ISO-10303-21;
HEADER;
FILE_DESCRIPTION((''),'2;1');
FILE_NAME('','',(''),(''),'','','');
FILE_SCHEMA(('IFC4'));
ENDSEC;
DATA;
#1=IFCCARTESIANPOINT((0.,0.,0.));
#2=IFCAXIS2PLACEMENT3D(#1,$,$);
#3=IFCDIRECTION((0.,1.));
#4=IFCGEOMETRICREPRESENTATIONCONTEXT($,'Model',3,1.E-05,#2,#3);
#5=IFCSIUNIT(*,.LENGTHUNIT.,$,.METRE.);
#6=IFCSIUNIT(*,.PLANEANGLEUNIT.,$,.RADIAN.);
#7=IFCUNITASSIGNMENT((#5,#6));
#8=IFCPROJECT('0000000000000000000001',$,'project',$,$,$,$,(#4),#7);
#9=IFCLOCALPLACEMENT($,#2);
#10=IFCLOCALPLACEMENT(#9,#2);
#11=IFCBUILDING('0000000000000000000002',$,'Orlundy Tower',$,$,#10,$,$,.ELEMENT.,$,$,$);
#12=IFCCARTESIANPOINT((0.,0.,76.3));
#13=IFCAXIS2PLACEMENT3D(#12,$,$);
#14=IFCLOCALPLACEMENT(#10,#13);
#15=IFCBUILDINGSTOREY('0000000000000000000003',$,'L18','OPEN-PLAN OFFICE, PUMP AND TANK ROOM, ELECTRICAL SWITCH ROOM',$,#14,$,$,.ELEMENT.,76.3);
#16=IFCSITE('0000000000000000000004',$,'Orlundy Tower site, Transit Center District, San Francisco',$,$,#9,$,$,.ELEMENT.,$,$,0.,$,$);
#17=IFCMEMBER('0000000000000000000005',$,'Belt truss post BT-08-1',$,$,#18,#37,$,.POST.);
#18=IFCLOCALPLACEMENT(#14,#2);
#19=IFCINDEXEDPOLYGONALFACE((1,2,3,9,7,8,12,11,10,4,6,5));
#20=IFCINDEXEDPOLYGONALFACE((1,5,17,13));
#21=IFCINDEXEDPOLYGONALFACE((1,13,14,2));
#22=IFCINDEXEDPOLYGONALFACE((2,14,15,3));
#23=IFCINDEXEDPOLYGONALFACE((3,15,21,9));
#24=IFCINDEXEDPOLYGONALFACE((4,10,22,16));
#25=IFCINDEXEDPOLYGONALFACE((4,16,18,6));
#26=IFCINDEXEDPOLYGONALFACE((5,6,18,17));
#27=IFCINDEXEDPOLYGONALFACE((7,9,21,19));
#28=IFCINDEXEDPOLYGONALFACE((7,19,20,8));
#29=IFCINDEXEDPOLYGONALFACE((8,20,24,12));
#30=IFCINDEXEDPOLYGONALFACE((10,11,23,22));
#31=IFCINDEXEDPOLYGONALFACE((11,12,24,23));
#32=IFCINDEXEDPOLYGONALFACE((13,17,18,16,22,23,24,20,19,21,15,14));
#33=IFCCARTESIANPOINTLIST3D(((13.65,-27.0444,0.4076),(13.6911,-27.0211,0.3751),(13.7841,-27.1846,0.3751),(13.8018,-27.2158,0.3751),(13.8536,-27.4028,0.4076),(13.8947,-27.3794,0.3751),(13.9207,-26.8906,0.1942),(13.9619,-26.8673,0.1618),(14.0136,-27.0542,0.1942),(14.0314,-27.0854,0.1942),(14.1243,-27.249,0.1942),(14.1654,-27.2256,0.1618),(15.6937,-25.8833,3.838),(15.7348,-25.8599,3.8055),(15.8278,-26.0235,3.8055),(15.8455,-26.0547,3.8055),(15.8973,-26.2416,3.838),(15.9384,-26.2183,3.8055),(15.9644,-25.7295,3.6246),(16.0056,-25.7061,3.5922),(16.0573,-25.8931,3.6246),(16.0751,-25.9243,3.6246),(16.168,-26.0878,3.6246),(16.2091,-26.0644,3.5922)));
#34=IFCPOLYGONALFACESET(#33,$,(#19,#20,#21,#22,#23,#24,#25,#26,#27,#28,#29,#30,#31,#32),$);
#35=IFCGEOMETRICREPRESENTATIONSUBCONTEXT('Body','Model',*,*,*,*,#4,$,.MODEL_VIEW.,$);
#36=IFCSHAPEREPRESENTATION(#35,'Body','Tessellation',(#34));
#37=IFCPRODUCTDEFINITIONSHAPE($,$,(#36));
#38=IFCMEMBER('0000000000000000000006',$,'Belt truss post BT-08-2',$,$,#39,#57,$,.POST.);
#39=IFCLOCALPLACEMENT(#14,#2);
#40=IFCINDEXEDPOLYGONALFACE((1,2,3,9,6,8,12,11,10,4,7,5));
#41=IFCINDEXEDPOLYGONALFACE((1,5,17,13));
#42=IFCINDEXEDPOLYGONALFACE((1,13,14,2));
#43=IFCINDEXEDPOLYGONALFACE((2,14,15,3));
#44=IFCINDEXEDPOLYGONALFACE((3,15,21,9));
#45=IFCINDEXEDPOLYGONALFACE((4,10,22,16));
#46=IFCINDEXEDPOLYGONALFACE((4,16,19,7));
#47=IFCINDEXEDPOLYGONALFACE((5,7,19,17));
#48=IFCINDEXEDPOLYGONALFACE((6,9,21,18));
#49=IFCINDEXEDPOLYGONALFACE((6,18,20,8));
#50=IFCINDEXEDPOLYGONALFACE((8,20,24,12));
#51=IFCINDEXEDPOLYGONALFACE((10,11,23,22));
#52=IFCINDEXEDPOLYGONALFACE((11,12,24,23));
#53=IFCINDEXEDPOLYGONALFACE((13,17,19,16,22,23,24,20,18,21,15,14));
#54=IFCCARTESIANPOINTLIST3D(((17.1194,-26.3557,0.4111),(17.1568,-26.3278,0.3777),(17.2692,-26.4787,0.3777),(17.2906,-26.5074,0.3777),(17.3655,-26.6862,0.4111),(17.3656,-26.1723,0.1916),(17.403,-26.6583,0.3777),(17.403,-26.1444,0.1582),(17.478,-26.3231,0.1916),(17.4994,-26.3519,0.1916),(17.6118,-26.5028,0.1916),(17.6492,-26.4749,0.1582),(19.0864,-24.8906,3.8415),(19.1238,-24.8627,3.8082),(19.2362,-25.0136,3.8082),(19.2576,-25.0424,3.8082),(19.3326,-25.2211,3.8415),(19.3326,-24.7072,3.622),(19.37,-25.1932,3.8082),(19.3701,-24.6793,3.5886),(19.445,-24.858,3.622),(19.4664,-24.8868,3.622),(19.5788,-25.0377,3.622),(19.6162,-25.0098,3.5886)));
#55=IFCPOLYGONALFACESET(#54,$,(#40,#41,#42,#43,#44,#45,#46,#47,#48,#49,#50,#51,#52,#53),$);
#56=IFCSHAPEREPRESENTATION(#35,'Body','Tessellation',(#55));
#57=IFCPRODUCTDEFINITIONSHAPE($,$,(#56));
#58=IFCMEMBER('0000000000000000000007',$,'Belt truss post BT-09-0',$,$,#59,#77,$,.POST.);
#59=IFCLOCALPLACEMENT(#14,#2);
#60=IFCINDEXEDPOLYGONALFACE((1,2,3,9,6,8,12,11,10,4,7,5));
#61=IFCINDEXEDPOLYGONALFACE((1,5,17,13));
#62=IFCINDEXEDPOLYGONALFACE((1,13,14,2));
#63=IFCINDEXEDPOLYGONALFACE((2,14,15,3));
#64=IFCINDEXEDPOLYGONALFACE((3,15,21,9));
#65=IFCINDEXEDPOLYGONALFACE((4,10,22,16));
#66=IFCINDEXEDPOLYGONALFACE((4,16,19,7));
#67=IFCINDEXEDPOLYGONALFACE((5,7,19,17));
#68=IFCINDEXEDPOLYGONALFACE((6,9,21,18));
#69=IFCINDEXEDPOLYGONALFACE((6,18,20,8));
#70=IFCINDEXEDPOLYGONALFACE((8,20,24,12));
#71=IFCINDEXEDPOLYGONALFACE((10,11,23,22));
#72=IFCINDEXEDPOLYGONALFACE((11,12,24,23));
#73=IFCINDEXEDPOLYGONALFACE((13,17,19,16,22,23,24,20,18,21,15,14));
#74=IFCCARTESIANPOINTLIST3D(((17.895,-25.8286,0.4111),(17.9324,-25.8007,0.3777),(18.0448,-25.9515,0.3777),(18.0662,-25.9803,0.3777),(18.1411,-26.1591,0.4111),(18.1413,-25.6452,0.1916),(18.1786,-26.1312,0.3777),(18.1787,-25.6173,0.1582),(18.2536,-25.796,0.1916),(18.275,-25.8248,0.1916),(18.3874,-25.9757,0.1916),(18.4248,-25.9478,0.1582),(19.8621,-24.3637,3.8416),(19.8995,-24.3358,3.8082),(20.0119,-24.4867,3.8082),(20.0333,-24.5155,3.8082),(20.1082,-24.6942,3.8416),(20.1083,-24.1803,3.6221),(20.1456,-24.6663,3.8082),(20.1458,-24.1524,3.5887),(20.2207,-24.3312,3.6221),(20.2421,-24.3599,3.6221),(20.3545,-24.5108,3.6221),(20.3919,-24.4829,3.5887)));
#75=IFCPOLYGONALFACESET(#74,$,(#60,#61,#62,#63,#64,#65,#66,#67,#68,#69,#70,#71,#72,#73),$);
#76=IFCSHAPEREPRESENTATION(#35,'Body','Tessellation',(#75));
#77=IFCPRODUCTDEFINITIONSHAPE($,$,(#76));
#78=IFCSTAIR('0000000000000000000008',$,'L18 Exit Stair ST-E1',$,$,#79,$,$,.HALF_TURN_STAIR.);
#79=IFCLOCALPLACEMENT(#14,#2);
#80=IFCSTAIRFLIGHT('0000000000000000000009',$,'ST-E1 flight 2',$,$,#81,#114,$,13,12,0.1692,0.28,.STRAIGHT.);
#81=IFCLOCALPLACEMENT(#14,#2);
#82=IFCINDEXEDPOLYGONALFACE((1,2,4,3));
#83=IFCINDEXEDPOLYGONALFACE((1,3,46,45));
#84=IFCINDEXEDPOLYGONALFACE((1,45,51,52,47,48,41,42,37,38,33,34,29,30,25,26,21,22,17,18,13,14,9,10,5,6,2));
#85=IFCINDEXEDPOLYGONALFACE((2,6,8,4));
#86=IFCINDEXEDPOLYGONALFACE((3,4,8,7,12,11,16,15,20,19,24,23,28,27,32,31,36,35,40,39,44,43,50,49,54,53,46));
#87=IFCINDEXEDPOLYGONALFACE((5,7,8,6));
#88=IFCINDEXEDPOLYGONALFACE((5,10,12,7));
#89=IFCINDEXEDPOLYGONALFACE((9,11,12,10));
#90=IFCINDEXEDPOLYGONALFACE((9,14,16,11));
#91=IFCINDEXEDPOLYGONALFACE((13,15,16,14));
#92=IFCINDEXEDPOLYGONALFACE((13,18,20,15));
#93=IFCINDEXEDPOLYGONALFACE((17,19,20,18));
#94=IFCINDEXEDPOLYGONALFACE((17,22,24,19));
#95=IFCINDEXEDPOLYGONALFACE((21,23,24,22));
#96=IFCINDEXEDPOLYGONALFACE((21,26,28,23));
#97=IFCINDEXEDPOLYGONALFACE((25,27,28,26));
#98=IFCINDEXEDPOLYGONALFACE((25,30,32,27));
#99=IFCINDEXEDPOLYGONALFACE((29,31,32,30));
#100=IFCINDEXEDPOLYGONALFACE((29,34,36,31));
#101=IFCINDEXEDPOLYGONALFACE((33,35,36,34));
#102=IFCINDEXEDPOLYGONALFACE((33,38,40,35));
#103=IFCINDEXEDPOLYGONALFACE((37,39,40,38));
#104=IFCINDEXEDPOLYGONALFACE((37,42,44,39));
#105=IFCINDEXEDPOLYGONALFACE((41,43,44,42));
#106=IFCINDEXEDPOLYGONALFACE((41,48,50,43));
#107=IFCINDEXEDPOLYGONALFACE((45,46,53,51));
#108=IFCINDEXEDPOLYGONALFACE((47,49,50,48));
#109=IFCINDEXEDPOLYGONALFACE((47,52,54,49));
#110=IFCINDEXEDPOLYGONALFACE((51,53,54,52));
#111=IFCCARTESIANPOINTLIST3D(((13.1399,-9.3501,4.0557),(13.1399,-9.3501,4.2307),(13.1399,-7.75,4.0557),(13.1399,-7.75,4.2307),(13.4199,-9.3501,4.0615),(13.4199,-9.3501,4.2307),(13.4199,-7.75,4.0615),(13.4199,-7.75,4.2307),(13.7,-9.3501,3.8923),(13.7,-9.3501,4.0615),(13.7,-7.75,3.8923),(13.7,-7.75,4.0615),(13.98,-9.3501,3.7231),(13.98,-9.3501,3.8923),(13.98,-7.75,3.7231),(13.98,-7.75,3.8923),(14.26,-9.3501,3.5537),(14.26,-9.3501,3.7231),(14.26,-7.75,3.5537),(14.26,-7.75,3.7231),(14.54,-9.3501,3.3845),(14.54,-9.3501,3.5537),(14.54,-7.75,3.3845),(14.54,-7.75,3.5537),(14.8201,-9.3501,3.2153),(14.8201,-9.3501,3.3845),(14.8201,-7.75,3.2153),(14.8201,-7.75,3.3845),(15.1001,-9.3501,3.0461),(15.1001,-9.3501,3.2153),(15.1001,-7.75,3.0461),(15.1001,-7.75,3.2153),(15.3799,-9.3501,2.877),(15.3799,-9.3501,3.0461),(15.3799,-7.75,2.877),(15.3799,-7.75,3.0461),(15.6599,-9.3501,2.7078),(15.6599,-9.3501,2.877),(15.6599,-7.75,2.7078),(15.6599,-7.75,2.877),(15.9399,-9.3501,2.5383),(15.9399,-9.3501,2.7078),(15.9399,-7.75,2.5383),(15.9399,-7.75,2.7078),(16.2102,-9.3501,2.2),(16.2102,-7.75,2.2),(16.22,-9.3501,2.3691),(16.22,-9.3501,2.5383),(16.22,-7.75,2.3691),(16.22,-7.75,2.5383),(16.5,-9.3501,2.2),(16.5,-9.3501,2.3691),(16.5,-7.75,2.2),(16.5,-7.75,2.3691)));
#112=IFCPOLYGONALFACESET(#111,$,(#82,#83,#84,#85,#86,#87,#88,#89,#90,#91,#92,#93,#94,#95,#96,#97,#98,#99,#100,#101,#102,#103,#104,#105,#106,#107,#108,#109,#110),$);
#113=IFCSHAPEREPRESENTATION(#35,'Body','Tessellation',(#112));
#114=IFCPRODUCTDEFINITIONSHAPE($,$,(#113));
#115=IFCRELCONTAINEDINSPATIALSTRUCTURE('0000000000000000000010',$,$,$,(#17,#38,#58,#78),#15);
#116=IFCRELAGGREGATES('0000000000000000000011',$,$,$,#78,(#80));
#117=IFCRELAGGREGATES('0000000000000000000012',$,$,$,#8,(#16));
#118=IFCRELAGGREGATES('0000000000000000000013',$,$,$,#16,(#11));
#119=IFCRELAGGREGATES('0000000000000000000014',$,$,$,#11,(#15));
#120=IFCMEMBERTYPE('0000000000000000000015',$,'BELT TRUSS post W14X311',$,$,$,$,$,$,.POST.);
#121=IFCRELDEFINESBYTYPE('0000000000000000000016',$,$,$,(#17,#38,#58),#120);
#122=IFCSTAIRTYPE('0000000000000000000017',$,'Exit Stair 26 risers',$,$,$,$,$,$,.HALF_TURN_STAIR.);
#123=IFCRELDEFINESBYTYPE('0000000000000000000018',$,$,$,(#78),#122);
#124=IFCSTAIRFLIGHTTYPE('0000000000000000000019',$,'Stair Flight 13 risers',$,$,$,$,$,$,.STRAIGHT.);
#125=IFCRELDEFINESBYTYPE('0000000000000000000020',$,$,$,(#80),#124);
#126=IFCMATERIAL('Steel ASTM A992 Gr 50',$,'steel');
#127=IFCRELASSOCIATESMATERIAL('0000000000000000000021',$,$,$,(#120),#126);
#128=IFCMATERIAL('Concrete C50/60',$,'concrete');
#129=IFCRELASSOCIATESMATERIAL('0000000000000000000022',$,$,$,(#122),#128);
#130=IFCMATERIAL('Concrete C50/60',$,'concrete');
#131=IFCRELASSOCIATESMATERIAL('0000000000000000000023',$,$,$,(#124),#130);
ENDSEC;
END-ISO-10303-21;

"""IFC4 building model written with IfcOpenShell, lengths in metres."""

from ifc_helpers import new_model, si_unit, direction, frame, origin, origin_2d, place, context, subcontext, project, spatial, polyline, i_section, outline, extrude, material, material_profile, profile_set, type_object, element, aggregate, save


model = new_model("IFC4")

# Units and contexts
model_context = context("Model", 3, precision=1e-05, world=origin(), true_north=direction((0.0, 1.0)))
body_context = subcontext(model_context, "Body", "Model", "MODEL_VIEW")
ifc_project = project(units=[si_unit("LENGTHUNIT", "METRE"), si_unit("PLANEANGLEUNIT", "RADIAN")], contexts=[model_context])

# Site, building, storey
site_placement = place(None, origin())
site = spatial("IfcSite", under=ifc_project, at=site_placement, Name="Orlundy Tower site, Transit Center District, San Francisco", CompositionType="ELEMENT", RefElevation=0.0)
building_placement = place(site_placement, origin())
building = spatial("IfcBuilding", under=site, at=building_placement, Name="Orlundy Tower", CompositionType="ELEMENT")
storey_placement = place(building_placement, frame((0.0, 0.0, 76.3)))
storey = spatial("IfcBuildingStorey", under=building, at=storey_placement, Name="L18", Description="OPEN-PLAN OFFICE, PUMP AND TANK ROOM, ELECTRICAL SWITCH ROOM", CompositionType="ELEMENT", Elevation=76.3)

# Members
ifc_material_1 = material(Name="Steel ASTM A992 Gr 50", Category="steel")
ifc_material_profile_1 = material_profile(ifc_material_1, i_section(OverallWidth=0.4121, OverallDepth=0.4348, WebThickness=0.0359, FlangeThickness=0.0574, at=origin_2d()), Name="W14X311")
ifc_profile_set_1 = profile_set([ifc_material_profile_1], Name="Steel ASTM A992 Gr 50")
member_type_1 = type_object("IfcMemberType", Name="BELT TRUSS post W14X311", PredefinedType="POST", material=ifc_profile_set_1)
member_1_placement = place(storey_placement, frame((13.9077, -27.135, 0.2847), z_axis=(0.491457, 0.279222, 0.824927), x_axis=(-0.49399, 0.869468, 0.0)))
element("IfcMember", 1, at=member_1_placement, inside=storey, type_object=member_type_1, Name="Belt truss post BT-08-1", PredefinedType="POST", context=body_context, shape_type="SweptSolid", body=[
    extrude(i_section(OverallWidth=0.4121, OverallDepth=0.4348, WebThickness=0.0359, FlangeThickness=0.0574, at=origin_2d()), origin(), (0.0, 0.0, 1.0), 4.1584),
])
for number, where, z_axis, x_axis, name in (
    (2, (17.3843, -26.4153, 0.2847), (0.466449, 0.34742, 0.813464), (-0.597337, 0.80199, 0.0), "Belt truss post BT-08-2"),
    (3, (18.1599, -25.8882, 0.2847), (0.466459, 0.347369, 0.813481), (-0.597273, 0.802038, 0.0), "Belt truss post BT-09-0"),
):
    element("IfcMember", number, at=place(storey_placement, frame(where, z_axis=z_axis, x_axis=x_axis)), inside=storey, type_object=member_type_1, Name=name, PredefinedType="POST", context=body_context, shape_type="SweptSolid", body=[
        extrude(i_section(OverallWidth=0.4121, OverallDepth=0.4348, WebThickness=0.0359, FlangeThickness=0.0574, at=origin_2d()), origin(), (0.0, 0.0, 1.0), 4.217),
    ])

# Stair, stair flight
ifc_material_2 = material(Name="Concrete C50/60", Category="concrete")
stair_type = type_object("IfcStairType", Name="Exit Stair 26 risers", PredefinedType="HALF_TURN_STAIR", material=ifc_material_2)
stair_placement = place(storey_placement, origin())
stair = element("IfcStair", 4, at=stair_placement, inside=storey, type_object=stair_type, Name="L18 Exit Stair ST-E1", PredefinedType="HALF_TURN_STAIR")
ifc_material_3 = material(Name="Concrete C50/60", Category="concrete")
stair_flight_type = type_object("IfcStairFlightType", Name="Stair Flight 13 risers", PredefinedType="STRAIGHT", material=ifc_material_3)
stair_flight_placement = place(storey_placement, frame((16.5, -8.55, 2.2), z_axis=(0.0, 0.0, 1.0), x_axis=(-1.0, 0.0, 0.0)))
stair_flight = element("IfcStairFlight", 5, at=stair_flight_placement, type_object=stair_flight_type, Name="ST-E1 flight 2", NumberOfRisers=13, NumberOfTreads=12, PredefinedType="STRAIGHT", RiserHeight=0.1692, TreadLength=0.28, context=body_context, shape_type="SweptSolid", body=[
    extrude(outline(polyline([(0.0, 0.0), (0.0, 0.1692), (0.28, 0.1692), (0.28, 0.3384), (0.5601, 0.3384), (0.5601, 0.5078), (0.8401, 0.5078), (0.8401, 0.677), (1.1201, 0.677), (1.1201, 0.8462), (1.3999, 0.8462), (1.3999, 1.0154), (1.6799, 1.0154), (1.6799, 1.1846), (1.96, 1.1846), (1.96, 1.3538), (2.24, 1.3538), (2.24, 1.5232), (2.52, 1.5232), (2.52, 1.6924), (2.8, 1.6924), (2.8, 1.8616), (3.0801, 1.8616), (3.0801, 2.0308), (3.3601, 2.0308), (3.3601, 2.2), (3.3601, 1.8557), (0.2898, 0.0), (0.0, 0.0)])), frame((0.0, 0.8, 0.0), z_axis=(0.0, -1.0, 0.0), x_axis=(1.0, 0.0, 0.0)), (0.0, 0.0, 1.0), 1.6001),
])
aggregate(stair, [stair_flight])

save(model, "model.ifc")
